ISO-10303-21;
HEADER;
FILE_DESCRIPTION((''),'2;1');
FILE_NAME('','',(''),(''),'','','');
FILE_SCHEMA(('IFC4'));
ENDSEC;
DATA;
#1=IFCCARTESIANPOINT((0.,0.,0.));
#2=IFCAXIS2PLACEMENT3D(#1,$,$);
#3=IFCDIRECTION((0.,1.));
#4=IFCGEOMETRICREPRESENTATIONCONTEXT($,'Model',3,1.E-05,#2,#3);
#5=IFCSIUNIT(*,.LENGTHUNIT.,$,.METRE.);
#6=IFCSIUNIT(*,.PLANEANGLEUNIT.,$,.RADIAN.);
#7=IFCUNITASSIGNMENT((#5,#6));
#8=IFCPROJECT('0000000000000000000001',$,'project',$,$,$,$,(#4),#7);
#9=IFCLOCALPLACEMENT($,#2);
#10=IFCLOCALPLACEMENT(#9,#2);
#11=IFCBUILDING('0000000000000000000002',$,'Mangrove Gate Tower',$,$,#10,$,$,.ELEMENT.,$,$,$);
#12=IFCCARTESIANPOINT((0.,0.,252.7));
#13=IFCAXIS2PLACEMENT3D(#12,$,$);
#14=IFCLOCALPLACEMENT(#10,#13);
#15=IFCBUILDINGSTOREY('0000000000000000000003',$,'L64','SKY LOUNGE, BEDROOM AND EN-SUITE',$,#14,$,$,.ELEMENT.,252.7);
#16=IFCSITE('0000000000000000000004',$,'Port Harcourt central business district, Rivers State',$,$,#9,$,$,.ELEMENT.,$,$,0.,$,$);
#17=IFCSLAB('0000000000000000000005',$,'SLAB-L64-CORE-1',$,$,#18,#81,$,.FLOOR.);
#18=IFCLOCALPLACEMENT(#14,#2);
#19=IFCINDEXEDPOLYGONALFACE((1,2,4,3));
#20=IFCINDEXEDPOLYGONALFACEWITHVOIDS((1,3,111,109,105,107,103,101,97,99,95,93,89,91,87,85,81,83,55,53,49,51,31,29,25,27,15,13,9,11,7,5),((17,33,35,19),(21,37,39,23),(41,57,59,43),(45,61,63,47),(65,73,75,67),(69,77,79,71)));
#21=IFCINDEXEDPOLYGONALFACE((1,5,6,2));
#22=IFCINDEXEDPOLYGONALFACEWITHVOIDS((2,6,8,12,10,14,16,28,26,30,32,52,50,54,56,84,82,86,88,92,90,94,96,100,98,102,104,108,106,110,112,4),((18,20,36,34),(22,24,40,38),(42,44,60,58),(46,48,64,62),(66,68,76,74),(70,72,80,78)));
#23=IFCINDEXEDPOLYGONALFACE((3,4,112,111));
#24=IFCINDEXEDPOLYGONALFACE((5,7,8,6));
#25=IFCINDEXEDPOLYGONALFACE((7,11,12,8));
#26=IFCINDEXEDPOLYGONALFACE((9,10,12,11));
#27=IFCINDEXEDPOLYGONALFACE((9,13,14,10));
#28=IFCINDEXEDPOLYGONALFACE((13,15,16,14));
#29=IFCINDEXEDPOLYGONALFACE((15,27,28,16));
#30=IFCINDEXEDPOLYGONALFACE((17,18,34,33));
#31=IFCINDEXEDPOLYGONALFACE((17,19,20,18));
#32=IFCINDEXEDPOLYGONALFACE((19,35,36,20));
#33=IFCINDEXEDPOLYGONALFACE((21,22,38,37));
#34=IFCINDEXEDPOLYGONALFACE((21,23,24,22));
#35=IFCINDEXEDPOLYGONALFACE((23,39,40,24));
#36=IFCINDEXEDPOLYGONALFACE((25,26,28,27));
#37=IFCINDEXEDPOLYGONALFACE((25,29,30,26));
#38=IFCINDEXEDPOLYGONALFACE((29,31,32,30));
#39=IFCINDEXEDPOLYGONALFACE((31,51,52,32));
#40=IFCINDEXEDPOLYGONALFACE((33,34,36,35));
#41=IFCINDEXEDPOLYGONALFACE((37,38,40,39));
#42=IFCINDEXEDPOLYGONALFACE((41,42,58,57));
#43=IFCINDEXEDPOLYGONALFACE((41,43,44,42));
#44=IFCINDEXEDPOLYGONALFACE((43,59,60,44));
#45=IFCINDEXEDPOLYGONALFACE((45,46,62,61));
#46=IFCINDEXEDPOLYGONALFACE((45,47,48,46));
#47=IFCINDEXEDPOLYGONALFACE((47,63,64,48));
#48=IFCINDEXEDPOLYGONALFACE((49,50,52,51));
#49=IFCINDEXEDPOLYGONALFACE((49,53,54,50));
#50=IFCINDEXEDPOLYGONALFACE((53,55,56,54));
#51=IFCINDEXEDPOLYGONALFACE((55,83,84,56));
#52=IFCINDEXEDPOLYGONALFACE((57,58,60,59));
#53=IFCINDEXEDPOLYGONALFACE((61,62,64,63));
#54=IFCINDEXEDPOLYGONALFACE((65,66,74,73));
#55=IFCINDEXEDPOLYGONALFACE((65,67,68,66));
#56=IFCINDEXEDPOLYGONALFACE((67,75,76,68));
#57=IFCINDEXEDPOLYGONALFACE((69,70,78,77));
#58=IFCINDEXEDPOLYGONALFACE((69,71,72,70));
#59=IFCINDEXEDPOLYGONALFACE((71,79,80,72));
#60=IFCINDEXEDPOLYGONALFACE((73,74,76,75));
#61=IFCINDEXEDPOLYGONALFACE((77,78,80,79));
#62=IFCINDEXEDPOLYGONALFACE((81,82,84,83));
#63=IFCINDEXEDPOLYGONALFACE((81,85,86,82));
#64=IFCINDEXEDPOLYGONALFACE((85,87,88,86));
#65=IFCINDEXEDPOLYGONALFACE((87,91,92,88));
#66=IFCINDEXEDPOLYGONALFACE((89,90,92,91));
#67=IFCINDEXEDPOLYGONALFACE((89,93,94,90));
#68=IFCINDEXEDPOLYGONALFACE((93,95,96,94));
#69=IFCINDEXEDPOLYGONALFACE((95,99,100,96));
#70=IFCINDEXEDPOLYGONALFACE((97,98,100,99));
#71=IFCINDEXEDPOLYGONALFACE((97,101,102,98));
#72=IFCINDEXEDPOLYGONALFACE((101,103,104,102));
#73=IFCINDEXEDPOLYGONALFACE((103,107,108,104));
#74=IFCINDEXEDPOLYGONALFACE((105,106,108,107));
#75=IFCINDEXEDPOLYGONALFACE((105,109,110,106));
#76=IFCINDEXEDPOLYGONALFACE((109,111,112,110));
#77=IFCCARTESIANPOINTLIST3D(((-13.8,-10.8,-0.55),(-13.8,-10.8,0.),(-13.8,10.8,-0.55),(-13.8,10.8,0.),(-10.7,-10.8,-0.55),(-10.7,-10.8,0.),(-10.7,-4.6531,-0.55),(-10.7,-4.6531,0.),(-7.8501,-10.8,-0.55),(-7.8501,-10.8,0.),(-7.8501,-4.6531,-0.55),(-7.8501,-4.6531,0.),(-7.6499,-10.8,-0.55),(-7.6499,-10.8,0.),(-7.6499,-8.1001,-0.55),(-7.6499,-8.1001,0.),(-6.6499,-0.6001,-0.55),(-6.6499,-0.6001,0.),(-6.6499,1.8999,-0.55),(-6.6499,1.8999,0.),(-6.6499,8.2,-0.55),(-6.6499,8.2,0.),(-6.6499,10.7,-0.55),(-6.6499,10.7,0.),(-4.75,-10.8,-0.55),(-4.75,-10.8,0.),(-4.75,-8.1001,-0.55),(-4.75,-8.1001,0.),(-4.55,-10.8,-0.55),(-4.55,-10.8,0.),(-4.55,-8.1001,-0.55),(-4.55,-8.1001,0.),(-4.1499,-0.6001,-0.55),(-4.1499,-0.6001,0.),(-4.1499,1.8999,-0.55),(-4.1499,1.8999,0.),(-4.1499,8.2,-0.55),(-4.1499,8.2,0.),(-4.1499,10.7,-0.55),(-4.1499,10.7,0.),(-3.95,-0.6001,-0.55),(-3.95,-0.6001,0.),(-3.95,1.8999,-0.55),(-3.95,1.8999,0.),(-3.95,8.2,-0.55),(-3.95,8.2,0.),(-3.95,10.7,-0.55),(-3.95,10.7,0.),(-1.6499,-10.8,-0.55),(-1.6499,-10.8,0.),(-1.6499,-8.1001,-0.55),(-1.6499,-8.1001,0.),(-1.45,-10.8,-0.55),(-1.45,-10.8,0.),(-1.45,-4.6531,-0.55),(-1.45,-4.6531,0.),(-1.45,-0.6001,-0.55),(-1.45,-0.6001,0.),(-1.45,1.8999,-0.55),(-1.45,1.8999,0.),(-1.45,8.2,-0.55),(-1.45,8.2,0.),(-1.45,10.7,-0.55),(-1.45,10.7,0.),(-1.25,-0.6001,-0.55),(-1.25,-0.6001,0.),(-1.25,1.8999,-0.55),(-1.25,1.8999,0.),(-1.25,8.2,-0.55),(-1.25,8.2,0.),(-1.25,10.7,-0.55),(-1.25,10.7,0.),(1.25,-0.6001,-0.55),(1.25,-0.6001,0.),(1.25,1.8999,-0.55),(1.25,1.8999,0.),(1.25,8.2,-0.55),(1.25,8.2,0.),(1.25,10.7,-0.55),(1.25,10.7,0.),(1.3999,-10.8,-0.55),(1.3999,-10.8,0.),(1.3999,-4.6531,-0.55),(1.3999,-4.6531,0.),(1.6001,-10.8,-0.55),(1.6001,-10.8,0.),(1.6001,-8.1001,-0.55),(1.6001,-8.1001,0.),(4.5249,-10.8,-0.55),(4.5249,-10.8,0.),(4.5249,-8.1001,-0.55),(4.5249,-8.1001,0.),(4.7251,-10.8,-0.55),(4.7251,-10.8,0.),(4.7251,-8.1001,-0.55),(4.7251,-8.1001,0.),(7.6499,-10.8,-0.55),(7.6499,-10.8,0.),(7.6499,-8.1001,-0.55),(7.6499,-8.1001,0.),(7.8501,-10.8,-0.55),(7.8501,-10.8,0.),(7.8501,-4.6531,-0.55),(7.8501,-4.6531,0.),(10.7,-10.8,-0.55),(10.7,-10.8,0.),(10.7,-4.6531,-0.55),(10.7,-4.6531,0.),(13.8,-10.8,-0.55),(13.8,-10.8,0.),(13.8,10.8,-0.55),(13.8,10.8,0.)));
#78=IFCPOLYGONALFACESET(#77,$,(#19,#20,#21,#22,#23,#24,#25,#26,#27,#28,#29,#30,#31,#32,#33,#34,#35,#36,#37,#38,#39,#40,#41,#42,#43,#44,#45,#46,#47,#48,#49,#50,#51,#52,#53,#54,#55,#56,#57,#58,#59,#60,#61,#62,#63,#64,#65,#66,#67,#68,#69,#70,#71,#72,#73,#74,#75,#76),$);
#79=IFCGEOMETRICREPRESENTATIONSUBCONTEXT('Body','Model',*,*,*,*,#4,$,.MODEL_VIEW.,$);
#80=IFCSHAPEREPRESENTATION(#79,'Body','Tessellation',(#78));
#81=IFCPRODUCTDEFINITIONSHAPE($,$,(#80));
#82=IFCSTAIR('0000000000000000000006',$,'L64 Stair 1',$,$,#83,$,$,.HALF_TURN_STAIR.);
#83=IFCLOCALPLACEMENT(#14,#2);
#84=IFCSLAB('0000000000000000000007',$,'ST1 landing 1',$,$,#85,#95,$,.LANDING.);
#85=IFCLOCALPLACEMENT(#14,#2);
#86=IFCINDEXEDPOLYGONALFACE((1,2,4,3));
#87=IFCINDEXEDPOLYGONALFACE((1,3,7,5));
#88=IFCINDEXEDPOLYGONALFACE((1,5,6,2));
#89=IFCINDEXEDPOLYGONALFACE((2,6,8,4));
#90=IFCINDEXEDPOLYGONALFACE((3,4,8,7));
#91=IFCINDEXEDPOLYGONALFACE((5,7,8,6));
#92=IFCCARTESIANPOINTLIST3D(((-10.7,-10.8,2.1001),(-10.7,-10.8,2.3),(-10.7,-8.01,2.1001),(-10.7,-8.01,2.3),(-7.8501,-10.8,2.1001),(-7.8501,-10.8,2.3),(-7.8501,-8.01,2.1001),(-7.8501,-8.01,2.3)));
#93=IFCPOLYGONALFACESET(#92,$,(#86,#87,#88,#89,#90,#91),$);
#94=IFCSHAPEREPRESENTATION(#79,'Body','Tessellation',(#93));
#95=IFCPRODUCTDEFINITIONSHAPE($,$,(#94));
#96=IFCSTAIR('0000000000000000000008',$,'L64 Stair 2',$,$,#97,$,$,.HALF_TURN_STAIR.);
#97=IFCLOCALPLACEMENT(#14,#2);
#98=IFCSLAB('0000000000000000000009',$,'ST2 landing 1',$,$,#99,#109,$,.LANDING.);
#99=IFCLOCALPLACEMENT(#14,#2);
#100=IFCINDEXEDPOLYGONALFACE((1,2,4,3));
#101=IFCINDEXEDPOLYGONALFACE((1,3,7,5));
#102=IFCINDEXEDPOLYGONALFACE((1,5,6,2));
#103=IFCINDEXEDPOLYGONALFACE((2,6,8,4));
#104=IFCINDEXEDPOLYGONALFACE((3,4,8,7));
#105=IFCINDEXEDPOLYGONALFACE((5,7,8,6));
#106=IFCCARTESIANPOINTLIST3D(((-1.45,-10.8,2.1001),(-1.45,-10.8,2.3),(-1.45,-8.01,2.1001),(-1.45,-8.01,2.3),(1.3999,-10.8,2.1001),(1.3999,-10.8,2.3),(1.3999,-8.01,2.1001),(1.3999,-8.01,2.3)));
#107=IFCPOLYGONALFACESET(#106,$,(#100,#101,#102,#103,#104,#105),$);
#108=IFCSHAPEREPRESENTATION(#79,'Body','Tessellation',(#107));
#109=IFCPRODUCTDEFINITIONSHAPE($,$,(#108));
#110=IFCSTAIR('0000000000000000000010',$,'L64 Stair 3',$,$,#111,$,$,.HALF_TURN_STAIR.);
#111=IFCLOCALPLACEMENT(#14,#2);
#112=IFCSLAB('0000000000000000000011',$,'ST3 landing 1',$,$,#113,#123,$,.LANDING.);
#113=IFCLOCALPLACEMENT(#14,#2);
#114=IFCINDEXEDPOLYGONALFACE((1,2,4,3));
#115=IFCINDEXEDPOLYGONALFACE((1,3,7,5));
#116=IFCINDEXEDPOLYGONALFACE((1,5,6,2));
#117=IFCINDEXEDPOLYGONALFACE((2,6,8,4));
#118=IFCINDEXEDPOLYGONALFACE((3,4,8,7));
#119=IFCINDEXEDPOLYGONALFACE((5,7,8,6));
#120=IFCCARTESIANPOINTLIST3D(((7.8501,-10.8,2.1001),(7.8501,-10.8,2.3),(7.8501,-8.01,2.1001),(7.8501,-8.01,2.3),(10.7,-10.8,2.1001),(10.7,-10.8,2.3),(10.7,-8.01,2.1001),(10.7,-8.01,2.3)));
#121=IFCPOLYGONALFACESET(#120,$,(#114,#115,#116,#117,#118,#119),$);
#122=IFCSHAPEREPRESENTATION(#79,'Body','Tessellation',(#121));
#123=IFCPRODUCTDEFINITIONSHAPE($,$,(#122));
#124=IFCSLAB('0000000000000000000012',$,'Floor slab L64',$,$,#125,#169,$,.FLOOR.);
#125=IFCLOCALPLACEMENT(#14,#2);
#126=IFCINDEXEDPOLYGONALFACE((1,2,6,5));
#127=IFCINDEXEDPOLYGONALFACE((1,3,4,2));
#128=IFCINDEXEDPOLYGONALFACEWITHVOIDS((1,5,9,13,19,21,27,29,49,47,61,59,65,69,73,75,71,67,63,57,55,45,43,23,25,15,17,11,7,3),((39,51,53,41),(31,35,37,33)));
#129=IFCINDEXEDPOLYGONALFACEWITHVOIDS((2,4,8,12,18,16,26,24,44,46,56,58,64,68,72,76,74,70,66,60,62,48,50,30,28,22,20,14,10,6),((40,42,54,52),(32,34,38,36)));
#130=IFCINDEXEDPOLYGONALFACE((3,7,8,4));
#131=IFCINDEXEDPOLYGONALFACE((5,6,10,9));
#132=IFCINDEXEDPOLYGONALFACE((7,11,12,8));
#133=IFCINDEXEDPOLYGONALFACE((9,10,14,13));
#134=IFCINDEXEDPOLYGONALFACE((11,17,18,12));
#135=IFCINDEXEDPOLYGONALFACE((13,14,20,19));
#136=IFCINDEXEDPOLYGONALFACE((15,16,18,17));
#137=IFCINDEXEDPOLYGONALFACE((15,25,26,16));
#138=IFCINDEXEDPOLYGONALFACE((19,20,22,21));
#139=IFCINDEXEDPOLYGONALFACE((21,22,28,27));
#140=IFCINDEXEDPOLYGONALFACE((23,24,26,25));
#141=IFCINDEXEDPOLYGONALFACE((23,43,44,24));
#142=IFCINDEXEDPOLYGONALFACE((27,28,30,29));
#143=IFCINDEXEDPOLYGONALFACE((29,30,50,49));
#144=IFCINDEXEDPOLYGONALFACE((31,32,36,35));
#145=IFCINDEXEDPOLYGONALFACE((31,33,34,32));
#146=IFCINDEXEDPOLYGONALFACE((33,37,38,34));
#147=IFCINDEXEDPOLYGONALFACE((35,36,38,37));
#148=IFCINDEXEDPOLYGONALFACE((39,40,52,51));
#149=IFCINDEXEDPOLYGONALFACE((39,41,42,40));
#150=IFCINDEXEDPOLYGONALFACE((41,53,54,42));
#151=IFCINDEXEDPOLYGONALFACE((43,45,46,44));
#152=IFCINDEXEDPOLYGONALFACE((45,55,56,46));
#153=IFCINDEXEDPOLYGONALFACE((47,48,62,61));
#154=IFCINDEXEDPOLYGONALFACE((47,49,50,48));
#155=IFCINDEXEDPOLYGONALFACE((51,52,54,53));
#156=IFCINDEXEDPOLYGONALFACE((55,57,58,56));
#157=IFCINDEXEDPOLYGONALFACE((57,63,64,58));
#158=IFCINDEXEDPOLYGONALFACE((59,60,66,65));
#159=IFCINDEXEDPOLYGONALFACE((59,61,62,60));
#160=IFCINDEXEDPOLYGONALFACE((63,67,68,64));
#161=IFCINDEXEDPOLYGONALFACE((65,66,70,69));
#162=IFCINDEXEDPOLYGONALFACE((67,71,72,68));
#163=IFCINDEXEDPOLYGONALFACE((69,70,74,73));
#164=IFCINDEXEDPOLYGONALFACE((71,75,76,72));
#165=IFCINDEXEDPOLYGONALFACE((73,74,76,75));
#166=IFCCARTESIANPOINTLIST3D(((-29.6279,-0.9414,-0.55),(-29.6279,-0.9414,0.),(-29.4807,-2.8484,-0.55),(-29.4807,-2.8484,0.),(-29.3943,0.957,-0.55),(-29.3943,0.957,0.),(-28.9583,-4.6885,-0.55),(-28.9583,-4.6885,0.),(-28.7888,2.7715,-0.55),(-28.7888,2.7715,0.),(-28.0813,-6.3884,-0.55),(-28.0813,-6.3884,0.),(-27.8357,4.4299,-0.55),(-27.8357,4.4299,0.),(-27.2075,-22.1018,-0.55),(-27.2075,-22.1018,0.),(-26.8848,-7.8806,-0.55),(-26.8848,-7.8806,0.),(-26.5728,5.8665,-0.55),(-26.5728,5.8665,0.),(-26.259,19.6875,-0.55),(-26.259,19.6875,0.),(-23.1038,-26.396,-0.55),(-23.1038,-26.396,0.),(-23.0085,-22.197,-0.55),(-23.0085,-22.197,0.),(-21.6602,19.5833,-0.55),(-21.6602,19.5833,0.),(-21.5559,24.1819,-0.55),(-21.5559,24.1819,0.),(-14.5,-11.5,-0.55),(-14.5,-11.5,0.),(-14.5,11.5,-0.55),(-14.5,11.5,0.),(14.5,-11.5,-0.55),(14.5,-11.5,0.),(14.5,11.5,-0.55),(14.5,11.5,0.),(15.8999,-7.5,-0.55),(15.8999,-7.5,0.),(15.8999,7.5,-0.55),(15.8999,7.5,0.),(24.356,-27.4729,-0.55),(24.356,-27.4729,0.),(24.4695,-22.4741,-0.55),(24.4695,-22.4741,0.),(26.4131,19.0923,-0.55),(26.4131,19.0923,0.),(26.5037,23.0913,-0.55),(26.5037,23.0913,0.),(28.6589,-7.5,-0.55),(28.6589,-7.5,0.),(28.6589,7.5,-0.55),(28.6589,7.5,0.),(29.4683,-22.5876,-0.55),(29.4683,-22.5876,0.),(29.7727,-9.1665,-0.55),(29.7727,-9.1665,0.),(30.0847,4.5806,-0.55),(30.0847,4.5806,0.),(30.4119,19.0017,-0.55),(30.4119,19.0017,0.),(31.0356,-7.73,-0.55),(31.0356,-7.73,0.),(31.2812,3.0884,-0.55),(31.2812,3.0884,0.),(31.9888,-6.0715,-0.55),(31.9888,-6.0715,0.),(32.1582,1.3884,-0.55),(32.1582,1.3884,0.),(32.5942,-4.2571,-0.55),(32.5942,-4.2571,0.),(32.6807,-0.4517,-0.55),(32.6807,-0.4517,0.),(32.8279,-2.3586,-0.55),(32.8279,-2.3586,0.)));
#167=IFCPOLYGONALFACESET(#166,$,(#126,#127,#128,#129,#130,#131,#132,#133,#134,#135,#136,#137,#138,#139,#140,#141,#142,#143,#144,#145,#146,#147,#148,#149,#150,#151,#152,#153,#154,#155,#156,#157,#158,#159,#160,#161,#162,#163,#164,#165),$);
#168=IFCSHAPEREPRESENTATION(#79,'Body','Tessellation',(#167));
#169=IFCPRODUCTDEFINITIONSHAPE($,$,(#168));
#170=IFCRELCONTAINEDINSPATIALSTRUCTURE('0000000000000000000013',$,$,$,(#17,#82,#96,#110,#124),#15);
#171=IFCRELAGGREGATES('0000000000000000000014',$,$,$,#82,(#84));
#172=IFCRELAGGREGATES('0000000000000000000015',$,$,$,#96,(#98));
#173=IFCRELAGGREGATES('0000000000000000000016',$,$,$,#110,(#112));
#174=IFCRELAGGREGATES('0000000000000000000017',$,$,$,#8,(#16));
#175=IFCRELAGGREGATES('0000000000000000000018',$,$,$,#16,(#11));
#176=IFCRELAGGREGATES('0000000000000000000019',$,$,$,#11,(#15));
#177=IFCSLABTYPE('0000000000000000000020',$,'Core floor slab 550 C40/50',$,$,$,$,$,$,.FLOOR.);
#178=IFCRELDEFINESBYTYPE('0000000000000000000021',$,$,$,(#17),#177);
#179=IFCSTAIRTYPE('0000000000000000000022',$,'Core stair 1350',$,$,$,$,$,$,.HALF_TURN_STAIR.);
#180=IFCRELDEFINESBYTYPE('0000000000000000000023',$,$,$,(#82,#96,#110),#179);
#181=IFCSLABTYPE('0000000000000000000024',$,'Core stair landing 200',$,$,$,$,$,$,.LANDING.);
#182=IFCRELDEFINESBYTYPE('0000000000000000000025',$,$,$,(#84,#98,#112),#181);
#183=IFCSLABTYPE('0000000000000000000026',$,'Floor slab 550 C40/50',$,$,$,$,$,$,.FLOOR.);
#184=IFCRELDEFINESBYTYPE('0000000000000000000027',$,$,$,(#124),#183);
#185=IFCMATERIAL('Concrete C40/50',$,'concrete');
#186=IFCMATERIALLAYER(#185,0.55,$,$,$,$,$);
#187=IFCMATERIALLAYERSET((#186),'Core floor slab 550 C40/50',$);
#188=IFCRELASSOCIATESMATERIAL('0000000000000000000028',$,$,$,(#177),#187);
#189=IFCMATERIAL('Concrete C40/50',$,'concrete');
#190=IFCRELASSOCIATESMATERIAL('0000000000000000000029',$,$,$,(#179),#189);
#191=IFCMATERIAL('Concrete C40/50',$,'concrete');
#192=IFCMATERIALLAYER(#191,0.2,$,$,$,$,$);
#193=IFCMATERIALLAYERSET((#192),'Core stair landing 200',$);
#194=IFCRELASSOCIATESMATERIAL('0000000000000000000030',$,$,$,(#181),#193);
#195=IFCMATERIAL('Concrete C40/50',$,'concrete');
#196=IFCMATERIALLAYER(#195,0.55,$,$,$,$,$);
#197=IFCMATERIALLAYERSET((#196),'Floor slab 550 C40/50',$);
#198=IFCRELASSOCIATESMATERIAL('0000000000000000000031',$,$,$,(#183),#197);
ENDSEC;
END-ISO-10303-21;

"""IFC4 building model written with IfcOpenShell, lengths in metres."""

from ifc_helpers import new_model, si_unit, direction, frame, origin, place, context, subcontext, project, spatial, polyline, outline, extrude, material, layer, layer_set, type_object, element, aggregate, save


model = new_model("IFC4")

# Units and contexts
model_context = context("Model", 3, precision=1e-05, world=origin(), true_north=direction((0.0, 1.0)))
body_context = subcontext(model_context, "Body", "Model", "MODEL_VIEW")
ifc_project = project(units=[si_unit("LENGTHUNIT", "METRE"), si_unit("PLANEANGLEUNIT", "RADIAN")], contexts=[model_context])

# Site, building, storey
site_placement = place(None, origin())
site = spatial("IfcSite", under=ifc_project, at=site_placement, Name="Port Harcourt central business district, Rivers State", CompositionType="ELEMENT", RefElevation=0.0)
building_placement = place(site_placement, origin())
building = spatial("IfcBuilding", under=site, at=building_placement, Name="Mangrove Gate Tower", CompositionType="ELEMENT")
storey_placement = place(building_placement, frame((0.0, 0.0, 252.7)))
storey = spatial("IfcBuildingStorey", under=building, at=storey_placement, Name="L64", Description="SKY LOUNGE, BEDROOM AND EN-SUITE", CompositionType="ELEMENT", Elevation=252.7)

# Slab
ifc_material_1 = material(Name="Concrete C40/50", Category="concrete")
ifc_layer_1 = layer(ifc_material_1, 0.55)
ifc_layer_set_1 = layer_set([ifc_layer_1], Name="Core floor slab 550 C40/50")
slab_type_1 = type_object("IfcSlabType", Name="Core floor slab 550 C40/50", PredefinedType="FLOOR", material=ifc_layer_set_1)
slab_1_placement = place(storey_placement, frame((0.0, 0.0, -0.55)))
element("IfcSlab", 1, at=slab_1_placement, inside=storey, type_object=slab_type_1, Name="SLAB-L64-CORE-1", PredefinedType="FLOOR", context=body_context, shape_type="SweptSolid", body=[
    extrude(outline(polyline([(-13.8, -10.8), (-13.8, 10.8), (13.8, 10.8), (13.8, -10.8), (10.7, -10.8), (10.7, -4.6531), (7.8501, -4.6531), (7.8501, -10.8), (7.6499, -10.8), (7.6499, -8.1001), (4.7251, -8.1001), (4.7251, -10.8), (4.5249, -10.8), (4.5249, -8.1001), (1.6001, -8.1001), (1.6001, -10.8), (1.3999, -10.8), (1.3999, -4.6531), (-1.45, -4.6531), (-1.45, -10.8), (-1.6499, -10.8), (-1.6499, -8.1001), (-4.55, -8.1001), (-4.55, -10.8), (-4.75, -10.8), (-4.75, -8.1001), (-7.6499, -8.1001), (-7.6499, -10.8), (-7.8501, -10.8), (-7.8501, -4.6531), (-10.7, -4.6531), (-10.7, -10.8), (-13.8, -10.8)]), holes=[polyline([(-4.1499, 1.8999), (-6.6499, 1.8999), (-6.6499, -0.6001), (-4.1499, -0.6001), (-4.1499, 1.8999)]), polyline([(-1.45, -0.6001), (-1.45, 1.8999), (-3.95, 1.8999), (-3.95, -0.6001), (-1.45, -0.6001)]), polyline([(-4.1499, 8.2), (-4.1499, 10.7), (-6.6499, 10.7), (-6.6499, 8.2), (-4.1499, 8.2)]), polyline([(-1.45, 10.7), (-3.95, 10.7), (-3.95, 8.2), (-1.45, 8.2), (-1.45, 10.7)]), polyline([(1.25, -0.6001), (1.25, 1.8999), (-1.25, 1.8999), (-1.25, -0.6001), (1.25, -0.6001)]), polyline([(1.25, 8.2), (1.25, 10.7), (-1.25, 10.7), (-1.25, 8.2), (1.25, 8.2)])]), origin(), (0.0, 0.0, 1.0), 0.55),
])

# Stairs, slabs
ifc_material_2 = material(Name="Concrete C40/50", Category="concrete")
stair_type = type_object("IfcStairType", Name="Core stair 1350", PredefinedType="HALF_TURN_STAIR", material=ifc_material_2)
stair_1_placement = place(storey_placement, origin())
stair_1 = element("IfcStair", 2, at=stair_1_placement, inside=storey, type_object=stair_type, Name="L64 Stair 1", PredefinedType="HALF_TURN_STAIR")
ifc_material_3 = material(Name="Concrete C40/50", Category="concrete")
ifc_layer_2 = layer(ifc_material_3, 0.2)
ifc_layer_set_2 = layer_set([ifc_layer_2], Name="Core stair landing 200")
slab_type_2 = type_object("IfcSlabType", Name="Core stair landing 200", PredefinedType="LANDING", material=ifc_layer_set_2)
slab_2_placement = place(storey_placement, frame((0.0, 0.0, 2.1001)))
slab_2 = element("IfcSlab", 3, at=slab_2_placement, type_object=slab_type_2, Name="ST1 landing 1", PredefinedType="LANDING", context=body_context, shape_type="SweptSolid", body=[
    extrude(outline(polyline([(-10.7, -8.01), (-10.7, -10.8), (-7.8501, -10.8), (-7.8501, -8.01), (-10.7, -8.01)])), origin(), (0.0, 0.0, 1.0), 0.2),
])
aggregate(stair_1, [slab_2])
stair_2_placement = place(storey_placement, origin())
stair_2 = element("IfcStair", 4, at=stair_2_placement, inside=storey, type_object=stair_type, Name="L64 Stair 2", PredefinedType="HALF_TURN_STAIR")
slab_3_placement = place(storey_placement, frame((0.0, 0.0, 2.1001)))
slab_3 = element("IfcSlab", 5, at=slab_3_placement, type_object=slab_type_2, Name="ST2 landing 1", PredefinedType="LANDING", context=body_context, shape_type="SweptSolid", body=[
    extrude(outline(polyline([(-1.45, -8.01), (-1.45, -10.8), (1.3999, -10.8), (1.3999, -8.01), (-1.45, -8.01)])), origin(), (0.0, 0.0, 1.0), 0.2),
])
aggregate(stair_2, [slab_3])
stair_3_placement = place(storey_placement, origin())
stair_3 = element("IfcStair", 6, at=stair_3_placement, inside=storey, type_object=stair_type, Name="L64 Stair 3", PredefinedType="HALF_TURN_STAIR")
slab_4_placement = place(storey_placement, frame((0.0, 0.0, 2.1001)))
slab_4 = element("IfcSlab", 7, at=slab_4_placement, type_object=slab_type_2, Name="ST3 landing 1", PredefinedType="LANDING", context=body_context, shape_type="SweptSolid", body=[
    extrude(outline(polyline([(7.8501, -8.01), (7.8501, -10.8), (10.7, -10.8), (10.7, -8.01), (7.8501, -8.01)])), origin(), (0.0, 0.0, 1.0), 0.2),
])
aggregate(stair_3, [slab_4])

# Slab
ifc_material_4 = material(Name="Concrete C40/50", Category="concrete")
ifc_layer_3 = layer(ifc_material_4, 0.55)
ifc_layer_set_3 = layer_set([ifc_layer_3], Name="Floor slab 550 C40/50")
slab_type_3 = type_object("IfcSlabType", Name="Floor slab 550 C40/50", PredefinedType="FLOOR", material=ifc_layer_set_3)
slab_5_placement = place(storey_placement, frame((0.0, 0.0, -0.55)))
element("IfcSlab", 8, at=slab_5_placement, inside=storey, type_object=slab_type_3, Name="Floor slab L64", PredefinedType="FLOOR", context=body_context, shape_type="SweptSolid", body=[
    extrude(outline(polyline([(-23.1038, -26.396), (24.356, -27.4729), (24.4695, -22.4741), (29.4683, -22.5876), (29.7727, -9.1665), (31.0356, -7.73), (31.9888, -6.0715), (32.5942, -4.2571), (32.8279, -2.3586), (32.6807, -0.4517), (32.1582, 1.3884), (31.2812, 3.0884), (30.0847, 4.5806), (30.4119, 19.0017), (26.4131, 19.0923), (26.5037, 23.0913), (-21.5559, 24.1819), (-21.6602, 19.5833), (-26.259, 19.6875), (-26.5728, 5.8665), (-27.8357, 4.4299), (-28.7888, 2.7715), (-29.3943, 0.957), (-29.6279, -0.9414), (-29.4807, -2.8484), (-28.9583, -4.6885), (-28.0813, -6.3884), (-26.8848, -7.8806), (-27.2075, -22.1018), (-23.0085, -22.197), (-23.1038, -26.396)]), holes=[polyline([(15.8999, 7.5), (28.6589, 7.5), (28.6589, -7.5), (15.8999, -7.5), (15.8999, 7.5)]), polyline([(-14.5, -11.5), (-14.5, 11.5), (14.5, 11.5), (14.5, -11.5), (-14.5, -11.5)])]), origin(), (0.0, 0.0, 1.0), 0.55),
])

save(model, "model.ifc")
